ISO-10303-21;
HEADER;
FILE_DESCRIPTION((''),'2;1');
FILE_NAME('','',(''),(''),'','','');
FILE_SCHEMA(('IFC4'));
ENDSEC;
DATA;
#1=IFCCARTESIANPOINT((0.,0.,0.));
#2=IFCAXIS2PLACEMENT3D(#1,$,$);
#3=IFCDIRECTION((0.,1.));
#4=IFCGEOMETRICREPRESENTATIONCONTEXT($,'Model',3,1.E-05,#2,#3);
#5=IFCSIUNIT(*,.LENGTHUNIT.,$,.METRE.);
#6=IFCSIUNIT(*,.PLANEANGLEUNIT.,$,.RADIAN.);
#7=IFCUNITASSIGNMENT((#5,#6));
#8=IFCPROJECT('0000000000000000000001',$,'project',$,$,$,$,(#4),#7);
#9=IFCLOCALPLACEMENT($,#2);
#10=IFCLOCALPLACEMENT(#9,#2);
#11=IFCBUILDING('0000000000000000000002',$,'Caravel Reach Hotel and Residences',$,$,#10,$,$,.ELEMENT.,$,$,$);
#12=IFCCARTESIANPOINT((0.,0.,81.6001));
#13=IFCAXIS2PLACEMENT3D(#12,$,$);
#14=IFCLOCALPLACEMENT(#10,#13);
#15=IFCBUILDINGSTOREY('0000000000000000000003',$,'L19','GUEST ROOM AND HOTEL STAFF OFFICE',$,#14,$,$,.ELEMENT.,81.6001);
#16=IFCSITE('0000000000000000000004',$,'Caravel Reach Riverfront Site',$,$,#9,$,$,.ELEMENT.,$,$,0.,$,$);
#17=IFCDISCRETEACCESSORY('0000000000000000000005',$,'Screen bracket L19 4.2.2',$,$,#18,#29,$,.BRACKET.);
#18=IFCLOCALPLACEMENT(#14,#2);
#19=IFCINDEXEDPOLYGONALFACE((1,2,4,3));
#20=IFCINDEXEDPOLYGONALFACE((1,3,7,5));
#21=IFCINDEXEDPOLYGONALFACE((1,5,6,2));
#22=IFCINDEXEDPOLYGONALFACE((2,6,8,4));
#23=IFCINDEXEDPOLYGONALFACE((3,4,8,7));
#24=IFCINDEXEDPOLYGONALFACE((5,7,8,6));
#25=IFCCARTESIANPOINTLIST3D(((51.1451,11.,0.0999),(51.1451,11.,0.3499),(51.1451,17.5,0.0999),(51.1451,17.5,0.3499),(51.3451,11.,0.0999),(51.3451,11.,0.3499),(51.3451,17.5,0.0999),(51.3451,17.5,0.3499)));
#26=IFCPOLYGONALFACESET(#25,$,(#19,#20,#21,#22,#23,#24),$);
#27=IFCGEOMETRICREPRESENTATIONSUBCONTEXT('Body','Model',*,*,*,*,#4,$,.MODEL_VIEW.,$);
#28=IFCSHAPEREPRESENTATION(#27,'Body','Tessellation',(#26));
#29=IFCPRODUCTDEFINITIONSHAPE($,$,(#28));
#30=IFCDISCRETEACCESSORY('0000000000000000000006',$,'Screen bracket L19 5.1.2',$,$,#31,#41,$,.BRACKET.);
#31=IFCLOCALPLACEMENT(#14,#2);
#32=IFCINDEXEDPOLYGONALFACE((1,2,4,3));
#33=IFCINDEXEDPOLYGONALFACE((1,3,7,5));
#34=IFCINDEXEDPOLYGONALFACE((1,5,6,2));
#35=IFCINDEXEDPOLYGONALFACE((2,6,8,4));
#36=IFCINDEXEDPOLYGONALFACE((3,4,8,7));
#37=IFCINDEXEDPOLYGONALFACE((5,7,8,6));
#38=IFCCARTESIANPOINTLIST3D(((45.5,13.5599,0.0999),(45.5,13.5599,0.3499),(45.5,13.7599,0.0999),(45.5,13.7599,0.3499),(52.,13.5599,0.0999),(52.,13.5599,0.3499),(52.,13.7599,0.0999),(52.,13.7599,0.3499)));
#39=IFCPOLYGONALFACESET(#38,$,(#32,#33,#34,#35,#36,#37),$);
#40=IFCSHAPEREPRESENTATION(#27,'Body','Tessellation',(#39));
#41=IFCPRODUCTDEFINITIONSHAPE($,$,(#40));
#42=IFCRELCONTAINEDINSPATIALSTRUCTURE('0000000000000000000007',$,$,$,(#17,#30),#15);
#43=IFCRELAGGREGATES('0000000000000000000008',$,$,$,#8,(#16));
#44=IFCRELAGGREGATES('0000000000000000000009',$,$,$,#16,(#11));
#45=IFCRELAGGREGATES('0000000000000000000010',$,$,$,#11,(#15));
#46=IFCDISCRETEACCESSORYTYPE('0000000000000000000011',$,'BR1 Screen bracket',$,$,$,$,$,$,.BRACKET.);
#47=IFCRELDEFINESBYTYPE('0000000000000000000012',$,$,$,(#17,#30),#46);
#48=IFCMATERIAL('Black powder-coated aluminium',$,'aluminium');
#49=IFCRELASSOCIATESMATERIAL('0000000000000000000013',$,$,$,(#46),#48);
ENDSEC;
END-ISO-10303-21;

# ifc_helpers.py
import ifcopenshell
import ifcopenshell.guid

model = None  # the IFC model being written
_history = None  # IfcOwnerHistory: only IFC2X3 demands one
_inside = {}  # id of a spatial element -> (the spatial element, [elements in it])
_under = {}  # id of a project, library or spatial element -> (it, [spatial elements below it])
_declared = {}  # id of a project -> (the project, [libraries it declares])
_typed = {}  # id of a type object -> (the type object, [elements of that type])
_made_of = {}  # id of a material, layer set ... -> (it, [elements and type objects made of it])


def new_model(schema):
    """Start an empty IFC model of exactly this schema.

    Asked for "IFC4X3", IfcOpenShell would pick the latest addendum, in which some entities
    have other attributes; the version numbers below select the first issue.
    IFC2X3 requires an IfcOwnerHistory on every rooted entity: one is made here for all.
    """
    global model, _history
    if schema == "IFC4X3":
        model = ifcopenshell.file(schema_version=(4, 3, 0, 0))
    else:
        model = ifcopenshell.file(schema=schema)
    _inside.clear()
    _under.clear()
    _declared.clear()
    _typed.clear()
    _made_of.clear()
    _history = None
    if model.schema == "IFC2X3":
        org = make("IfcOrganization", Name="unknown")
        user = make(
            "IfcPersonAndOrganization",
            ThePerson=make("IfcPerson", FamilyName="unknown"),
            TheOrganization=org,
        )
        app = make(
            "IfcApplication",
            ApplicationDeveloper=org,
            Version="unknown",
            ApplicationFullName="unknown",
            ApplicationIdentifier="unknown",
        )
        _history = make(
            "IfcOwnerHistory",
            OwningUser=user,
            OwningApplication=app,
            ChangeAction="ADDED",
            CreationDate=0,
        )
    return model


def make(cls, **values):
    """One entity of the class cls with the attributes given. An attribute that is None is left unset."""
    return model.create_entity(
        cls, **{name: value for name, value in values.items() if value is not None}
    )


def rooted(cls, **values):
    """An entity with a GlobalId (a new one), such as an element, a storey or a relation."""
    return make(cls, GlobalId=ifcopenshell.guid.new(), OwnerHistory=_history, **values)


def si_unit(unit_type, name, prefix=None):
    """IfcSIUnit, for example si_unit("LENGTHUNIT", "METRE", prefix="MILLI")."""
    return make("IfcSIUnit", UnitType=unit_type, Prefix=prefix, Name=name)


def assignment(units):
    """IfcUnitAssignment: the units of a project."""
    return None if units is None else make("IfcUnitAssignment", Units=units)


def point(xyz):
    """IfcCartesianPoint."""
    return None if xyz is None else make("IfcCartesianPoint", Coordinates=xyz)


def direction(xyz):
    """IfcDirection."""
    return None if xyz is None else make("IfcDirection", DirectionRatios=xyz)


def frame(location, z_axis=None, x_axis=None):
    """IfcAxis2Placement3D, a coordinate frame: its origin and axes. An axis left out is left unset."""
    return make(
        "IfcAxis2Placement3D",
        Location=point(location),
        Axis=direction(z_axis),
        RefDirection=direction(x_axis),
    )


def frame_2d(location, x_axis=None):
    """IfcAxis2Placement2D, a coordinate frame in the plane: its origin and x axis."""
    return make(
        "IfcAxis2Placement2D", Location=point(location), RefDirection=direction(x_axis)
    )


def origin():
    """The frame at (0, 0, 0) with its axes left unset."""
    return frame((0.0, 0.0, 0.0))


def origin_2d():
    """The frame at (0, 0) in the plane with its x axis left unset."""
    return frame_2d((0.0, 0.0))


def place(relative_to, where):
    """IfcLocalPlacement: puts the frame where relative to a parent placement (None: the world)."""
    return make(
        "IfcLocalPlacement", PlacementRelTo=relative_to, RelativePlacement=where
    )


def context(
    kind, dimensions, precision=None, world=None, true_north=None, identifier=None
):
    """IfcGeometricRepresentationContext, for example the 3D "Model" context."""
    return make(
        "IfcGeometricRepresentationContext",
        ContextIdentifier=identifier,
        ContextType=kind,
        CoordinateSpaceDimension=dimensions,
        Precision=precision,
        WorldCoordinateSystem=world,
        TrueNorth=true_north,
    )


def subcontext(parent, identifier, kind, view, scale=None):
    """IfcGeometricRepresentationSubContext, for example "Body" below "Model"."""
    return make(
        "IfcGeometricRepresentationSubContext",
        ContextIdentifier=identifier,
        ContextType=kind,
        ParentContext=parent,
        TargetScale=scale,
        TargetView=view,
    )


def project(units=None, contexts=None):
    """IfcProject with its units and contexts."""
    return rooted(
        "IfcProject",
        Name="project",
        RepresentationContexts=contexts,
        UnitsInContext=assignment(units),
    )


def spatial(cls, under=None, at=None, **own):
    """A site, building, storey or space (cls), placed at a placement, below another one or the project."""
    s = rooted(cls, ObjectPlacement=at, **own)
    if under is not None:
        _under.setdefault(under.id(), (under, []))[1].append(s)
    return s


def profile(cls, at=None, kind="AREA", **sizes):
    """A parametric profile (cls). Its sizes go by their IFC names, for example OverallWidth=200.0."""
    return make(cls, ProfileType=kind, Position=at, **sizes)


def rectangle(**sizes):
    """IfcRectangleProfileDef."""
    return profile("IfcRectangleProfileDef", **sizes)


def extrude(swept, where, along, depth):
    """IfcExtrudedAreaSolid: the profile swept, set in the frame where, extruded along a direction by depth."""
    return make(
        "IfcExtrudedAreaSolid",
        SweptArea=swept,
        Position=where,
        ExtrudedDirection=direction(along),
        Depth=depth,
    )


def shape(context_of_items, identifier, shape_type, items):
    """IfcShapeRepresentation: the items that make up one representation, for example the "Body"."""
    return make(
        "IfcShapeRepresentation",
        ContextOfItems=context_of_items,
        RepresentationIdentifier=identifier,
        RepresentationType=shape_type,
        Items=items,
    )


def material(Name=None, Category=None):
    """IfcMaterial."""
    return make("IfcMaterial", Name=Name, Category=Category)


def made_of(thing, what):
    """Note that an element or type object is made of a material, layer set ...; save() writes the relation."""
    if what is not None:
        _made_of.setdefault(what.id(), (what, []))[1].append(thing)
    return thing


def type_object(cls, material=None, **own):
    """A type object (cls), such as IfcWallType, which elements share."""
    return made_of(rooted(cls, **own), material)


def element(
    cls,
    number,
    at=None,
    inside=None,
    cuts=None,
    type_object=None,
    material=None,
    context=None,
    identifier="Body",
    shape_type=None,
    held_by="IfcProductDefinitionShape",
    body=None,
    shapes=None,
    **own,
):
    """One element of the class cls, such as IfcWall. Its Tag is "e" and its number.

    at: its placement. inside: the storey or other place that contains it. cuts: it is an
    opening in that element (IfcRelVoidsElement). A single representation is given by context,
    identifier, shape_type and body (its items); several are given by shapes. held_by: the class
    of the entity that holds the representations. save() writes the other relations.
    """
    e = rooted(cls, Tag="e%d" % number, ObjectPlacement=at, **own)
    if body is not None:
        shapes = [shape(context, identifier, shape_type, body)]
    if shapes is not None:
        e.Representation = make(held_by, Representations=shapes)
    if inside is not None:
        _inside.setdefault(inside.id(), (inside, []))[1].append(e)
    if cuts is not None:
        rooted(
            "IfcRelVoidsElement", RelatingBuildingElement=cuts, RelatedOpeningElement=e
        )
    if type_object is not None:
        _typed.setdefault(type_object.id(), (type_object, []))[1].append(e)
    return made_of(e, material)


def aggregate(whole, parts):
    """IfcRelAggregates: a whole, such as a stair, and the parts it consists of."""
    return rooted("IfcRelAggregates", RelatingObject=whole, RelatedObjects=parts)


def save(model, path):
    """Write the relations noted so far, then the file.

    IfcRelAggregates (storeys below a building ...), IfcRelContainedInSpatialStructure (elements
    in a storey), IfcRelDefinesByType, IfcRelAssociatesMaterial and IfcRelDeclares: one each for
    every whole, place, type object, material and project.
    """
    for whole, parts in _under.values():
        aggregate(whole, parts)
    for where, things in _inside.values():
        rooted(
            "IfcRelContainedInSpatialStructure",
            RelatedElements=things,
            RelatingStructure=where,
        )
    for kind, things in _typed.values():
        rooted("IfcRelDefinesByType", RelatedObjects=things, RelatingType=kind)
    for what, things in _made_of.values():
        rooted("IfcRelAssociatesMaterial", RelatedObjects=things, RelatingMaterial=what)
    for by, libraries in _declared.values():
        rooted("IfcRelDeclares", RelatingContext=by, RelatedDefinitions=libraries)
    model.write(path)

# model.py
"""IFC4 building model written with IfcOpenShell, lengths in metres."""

from ifc_helpers import new_model, si_unit, direction, frame, origin, origin_2d, place, context, subcontext, project, spatial, rectangle, extrude, material, type_object, element, save


model = new_model("IFC4")

# Units and contexts
model_context = context("Model", 3, precision=1e-05, world=origin(), true_north=direction((0.0, 1.0)))
body_context = subcontext(model_context, "Body", "Model", "MODEL_VIEW")
ifc_project = project(units=[si_unit("LENGTHUNIT", "METRE"), si_unit("PLANEANGLEUNIT", "RADIAN")], contexts=[model_context])

# Site, building, storey
site_placement = place(None, origin())
site = spatial("IfcSite", under=ifc_project, at=site_placement, Name="Caravel Reach Riverfront Site", CompositionType="ELEMENT", RefElevation=0.0)
building_placement = place(site_placement, origin())
building = spatial("IfcBuilding", under=site, at=building_placement, Name="Caravel Reach Hotel and Residences", CompositionType="ELEMENT")
storey_placement = place(building_placement, frame((0.0, 0.0, 81.6001)))
storey = spatial("IfcBuildingStorey", under=building, at=storey_placement, Name="L19", Description="GUEST ROOM AND HOTEL STAFF OFFICE", CompositionType="ELEMENT", Elevation=81.6001)

# Discrete accessories
ifc_material_1 = material(Name="Black powder-coated aluminium", Category="aluminium")
discrete_accessory_type = type_object("IfcDiscreteAccessoryType", Name="BR1 Screen bracket", PredefinedType="BRACKET", material=ifc_material_1)
for number, where, z_axis, x_axis, name in (
    (1, (51.2451, 14.25, 0.0999), (0.0, 0.0, 1.0), (0.0, -1.0, 0.0), "Screen bracket L19 4.2.2"),
    (2, (48.75, 13.6599, 0.0999), (0.0, 0.0, 1.0), (1.0, 0.0, 0.0), "Screen bracket L19 5.1.2"),
):
    element("IfcDiscreteAccessory", number, at=place(storey_placement, frame(where, z_axis=z_axis, x_axis=x_axis)), inside=storey, type_object=discrete_accessory_type, Name=name, PredefinedType="BRACKET", context=body_context, shape_type="SweptSolid", body=[
        extrude(rectangle(XDim=6.5, YDim=0.2, at=origin_2d()), origin(), (0.0, 0.0, 1.0), 0.25),
    ])

save(model, "model.ifc")
